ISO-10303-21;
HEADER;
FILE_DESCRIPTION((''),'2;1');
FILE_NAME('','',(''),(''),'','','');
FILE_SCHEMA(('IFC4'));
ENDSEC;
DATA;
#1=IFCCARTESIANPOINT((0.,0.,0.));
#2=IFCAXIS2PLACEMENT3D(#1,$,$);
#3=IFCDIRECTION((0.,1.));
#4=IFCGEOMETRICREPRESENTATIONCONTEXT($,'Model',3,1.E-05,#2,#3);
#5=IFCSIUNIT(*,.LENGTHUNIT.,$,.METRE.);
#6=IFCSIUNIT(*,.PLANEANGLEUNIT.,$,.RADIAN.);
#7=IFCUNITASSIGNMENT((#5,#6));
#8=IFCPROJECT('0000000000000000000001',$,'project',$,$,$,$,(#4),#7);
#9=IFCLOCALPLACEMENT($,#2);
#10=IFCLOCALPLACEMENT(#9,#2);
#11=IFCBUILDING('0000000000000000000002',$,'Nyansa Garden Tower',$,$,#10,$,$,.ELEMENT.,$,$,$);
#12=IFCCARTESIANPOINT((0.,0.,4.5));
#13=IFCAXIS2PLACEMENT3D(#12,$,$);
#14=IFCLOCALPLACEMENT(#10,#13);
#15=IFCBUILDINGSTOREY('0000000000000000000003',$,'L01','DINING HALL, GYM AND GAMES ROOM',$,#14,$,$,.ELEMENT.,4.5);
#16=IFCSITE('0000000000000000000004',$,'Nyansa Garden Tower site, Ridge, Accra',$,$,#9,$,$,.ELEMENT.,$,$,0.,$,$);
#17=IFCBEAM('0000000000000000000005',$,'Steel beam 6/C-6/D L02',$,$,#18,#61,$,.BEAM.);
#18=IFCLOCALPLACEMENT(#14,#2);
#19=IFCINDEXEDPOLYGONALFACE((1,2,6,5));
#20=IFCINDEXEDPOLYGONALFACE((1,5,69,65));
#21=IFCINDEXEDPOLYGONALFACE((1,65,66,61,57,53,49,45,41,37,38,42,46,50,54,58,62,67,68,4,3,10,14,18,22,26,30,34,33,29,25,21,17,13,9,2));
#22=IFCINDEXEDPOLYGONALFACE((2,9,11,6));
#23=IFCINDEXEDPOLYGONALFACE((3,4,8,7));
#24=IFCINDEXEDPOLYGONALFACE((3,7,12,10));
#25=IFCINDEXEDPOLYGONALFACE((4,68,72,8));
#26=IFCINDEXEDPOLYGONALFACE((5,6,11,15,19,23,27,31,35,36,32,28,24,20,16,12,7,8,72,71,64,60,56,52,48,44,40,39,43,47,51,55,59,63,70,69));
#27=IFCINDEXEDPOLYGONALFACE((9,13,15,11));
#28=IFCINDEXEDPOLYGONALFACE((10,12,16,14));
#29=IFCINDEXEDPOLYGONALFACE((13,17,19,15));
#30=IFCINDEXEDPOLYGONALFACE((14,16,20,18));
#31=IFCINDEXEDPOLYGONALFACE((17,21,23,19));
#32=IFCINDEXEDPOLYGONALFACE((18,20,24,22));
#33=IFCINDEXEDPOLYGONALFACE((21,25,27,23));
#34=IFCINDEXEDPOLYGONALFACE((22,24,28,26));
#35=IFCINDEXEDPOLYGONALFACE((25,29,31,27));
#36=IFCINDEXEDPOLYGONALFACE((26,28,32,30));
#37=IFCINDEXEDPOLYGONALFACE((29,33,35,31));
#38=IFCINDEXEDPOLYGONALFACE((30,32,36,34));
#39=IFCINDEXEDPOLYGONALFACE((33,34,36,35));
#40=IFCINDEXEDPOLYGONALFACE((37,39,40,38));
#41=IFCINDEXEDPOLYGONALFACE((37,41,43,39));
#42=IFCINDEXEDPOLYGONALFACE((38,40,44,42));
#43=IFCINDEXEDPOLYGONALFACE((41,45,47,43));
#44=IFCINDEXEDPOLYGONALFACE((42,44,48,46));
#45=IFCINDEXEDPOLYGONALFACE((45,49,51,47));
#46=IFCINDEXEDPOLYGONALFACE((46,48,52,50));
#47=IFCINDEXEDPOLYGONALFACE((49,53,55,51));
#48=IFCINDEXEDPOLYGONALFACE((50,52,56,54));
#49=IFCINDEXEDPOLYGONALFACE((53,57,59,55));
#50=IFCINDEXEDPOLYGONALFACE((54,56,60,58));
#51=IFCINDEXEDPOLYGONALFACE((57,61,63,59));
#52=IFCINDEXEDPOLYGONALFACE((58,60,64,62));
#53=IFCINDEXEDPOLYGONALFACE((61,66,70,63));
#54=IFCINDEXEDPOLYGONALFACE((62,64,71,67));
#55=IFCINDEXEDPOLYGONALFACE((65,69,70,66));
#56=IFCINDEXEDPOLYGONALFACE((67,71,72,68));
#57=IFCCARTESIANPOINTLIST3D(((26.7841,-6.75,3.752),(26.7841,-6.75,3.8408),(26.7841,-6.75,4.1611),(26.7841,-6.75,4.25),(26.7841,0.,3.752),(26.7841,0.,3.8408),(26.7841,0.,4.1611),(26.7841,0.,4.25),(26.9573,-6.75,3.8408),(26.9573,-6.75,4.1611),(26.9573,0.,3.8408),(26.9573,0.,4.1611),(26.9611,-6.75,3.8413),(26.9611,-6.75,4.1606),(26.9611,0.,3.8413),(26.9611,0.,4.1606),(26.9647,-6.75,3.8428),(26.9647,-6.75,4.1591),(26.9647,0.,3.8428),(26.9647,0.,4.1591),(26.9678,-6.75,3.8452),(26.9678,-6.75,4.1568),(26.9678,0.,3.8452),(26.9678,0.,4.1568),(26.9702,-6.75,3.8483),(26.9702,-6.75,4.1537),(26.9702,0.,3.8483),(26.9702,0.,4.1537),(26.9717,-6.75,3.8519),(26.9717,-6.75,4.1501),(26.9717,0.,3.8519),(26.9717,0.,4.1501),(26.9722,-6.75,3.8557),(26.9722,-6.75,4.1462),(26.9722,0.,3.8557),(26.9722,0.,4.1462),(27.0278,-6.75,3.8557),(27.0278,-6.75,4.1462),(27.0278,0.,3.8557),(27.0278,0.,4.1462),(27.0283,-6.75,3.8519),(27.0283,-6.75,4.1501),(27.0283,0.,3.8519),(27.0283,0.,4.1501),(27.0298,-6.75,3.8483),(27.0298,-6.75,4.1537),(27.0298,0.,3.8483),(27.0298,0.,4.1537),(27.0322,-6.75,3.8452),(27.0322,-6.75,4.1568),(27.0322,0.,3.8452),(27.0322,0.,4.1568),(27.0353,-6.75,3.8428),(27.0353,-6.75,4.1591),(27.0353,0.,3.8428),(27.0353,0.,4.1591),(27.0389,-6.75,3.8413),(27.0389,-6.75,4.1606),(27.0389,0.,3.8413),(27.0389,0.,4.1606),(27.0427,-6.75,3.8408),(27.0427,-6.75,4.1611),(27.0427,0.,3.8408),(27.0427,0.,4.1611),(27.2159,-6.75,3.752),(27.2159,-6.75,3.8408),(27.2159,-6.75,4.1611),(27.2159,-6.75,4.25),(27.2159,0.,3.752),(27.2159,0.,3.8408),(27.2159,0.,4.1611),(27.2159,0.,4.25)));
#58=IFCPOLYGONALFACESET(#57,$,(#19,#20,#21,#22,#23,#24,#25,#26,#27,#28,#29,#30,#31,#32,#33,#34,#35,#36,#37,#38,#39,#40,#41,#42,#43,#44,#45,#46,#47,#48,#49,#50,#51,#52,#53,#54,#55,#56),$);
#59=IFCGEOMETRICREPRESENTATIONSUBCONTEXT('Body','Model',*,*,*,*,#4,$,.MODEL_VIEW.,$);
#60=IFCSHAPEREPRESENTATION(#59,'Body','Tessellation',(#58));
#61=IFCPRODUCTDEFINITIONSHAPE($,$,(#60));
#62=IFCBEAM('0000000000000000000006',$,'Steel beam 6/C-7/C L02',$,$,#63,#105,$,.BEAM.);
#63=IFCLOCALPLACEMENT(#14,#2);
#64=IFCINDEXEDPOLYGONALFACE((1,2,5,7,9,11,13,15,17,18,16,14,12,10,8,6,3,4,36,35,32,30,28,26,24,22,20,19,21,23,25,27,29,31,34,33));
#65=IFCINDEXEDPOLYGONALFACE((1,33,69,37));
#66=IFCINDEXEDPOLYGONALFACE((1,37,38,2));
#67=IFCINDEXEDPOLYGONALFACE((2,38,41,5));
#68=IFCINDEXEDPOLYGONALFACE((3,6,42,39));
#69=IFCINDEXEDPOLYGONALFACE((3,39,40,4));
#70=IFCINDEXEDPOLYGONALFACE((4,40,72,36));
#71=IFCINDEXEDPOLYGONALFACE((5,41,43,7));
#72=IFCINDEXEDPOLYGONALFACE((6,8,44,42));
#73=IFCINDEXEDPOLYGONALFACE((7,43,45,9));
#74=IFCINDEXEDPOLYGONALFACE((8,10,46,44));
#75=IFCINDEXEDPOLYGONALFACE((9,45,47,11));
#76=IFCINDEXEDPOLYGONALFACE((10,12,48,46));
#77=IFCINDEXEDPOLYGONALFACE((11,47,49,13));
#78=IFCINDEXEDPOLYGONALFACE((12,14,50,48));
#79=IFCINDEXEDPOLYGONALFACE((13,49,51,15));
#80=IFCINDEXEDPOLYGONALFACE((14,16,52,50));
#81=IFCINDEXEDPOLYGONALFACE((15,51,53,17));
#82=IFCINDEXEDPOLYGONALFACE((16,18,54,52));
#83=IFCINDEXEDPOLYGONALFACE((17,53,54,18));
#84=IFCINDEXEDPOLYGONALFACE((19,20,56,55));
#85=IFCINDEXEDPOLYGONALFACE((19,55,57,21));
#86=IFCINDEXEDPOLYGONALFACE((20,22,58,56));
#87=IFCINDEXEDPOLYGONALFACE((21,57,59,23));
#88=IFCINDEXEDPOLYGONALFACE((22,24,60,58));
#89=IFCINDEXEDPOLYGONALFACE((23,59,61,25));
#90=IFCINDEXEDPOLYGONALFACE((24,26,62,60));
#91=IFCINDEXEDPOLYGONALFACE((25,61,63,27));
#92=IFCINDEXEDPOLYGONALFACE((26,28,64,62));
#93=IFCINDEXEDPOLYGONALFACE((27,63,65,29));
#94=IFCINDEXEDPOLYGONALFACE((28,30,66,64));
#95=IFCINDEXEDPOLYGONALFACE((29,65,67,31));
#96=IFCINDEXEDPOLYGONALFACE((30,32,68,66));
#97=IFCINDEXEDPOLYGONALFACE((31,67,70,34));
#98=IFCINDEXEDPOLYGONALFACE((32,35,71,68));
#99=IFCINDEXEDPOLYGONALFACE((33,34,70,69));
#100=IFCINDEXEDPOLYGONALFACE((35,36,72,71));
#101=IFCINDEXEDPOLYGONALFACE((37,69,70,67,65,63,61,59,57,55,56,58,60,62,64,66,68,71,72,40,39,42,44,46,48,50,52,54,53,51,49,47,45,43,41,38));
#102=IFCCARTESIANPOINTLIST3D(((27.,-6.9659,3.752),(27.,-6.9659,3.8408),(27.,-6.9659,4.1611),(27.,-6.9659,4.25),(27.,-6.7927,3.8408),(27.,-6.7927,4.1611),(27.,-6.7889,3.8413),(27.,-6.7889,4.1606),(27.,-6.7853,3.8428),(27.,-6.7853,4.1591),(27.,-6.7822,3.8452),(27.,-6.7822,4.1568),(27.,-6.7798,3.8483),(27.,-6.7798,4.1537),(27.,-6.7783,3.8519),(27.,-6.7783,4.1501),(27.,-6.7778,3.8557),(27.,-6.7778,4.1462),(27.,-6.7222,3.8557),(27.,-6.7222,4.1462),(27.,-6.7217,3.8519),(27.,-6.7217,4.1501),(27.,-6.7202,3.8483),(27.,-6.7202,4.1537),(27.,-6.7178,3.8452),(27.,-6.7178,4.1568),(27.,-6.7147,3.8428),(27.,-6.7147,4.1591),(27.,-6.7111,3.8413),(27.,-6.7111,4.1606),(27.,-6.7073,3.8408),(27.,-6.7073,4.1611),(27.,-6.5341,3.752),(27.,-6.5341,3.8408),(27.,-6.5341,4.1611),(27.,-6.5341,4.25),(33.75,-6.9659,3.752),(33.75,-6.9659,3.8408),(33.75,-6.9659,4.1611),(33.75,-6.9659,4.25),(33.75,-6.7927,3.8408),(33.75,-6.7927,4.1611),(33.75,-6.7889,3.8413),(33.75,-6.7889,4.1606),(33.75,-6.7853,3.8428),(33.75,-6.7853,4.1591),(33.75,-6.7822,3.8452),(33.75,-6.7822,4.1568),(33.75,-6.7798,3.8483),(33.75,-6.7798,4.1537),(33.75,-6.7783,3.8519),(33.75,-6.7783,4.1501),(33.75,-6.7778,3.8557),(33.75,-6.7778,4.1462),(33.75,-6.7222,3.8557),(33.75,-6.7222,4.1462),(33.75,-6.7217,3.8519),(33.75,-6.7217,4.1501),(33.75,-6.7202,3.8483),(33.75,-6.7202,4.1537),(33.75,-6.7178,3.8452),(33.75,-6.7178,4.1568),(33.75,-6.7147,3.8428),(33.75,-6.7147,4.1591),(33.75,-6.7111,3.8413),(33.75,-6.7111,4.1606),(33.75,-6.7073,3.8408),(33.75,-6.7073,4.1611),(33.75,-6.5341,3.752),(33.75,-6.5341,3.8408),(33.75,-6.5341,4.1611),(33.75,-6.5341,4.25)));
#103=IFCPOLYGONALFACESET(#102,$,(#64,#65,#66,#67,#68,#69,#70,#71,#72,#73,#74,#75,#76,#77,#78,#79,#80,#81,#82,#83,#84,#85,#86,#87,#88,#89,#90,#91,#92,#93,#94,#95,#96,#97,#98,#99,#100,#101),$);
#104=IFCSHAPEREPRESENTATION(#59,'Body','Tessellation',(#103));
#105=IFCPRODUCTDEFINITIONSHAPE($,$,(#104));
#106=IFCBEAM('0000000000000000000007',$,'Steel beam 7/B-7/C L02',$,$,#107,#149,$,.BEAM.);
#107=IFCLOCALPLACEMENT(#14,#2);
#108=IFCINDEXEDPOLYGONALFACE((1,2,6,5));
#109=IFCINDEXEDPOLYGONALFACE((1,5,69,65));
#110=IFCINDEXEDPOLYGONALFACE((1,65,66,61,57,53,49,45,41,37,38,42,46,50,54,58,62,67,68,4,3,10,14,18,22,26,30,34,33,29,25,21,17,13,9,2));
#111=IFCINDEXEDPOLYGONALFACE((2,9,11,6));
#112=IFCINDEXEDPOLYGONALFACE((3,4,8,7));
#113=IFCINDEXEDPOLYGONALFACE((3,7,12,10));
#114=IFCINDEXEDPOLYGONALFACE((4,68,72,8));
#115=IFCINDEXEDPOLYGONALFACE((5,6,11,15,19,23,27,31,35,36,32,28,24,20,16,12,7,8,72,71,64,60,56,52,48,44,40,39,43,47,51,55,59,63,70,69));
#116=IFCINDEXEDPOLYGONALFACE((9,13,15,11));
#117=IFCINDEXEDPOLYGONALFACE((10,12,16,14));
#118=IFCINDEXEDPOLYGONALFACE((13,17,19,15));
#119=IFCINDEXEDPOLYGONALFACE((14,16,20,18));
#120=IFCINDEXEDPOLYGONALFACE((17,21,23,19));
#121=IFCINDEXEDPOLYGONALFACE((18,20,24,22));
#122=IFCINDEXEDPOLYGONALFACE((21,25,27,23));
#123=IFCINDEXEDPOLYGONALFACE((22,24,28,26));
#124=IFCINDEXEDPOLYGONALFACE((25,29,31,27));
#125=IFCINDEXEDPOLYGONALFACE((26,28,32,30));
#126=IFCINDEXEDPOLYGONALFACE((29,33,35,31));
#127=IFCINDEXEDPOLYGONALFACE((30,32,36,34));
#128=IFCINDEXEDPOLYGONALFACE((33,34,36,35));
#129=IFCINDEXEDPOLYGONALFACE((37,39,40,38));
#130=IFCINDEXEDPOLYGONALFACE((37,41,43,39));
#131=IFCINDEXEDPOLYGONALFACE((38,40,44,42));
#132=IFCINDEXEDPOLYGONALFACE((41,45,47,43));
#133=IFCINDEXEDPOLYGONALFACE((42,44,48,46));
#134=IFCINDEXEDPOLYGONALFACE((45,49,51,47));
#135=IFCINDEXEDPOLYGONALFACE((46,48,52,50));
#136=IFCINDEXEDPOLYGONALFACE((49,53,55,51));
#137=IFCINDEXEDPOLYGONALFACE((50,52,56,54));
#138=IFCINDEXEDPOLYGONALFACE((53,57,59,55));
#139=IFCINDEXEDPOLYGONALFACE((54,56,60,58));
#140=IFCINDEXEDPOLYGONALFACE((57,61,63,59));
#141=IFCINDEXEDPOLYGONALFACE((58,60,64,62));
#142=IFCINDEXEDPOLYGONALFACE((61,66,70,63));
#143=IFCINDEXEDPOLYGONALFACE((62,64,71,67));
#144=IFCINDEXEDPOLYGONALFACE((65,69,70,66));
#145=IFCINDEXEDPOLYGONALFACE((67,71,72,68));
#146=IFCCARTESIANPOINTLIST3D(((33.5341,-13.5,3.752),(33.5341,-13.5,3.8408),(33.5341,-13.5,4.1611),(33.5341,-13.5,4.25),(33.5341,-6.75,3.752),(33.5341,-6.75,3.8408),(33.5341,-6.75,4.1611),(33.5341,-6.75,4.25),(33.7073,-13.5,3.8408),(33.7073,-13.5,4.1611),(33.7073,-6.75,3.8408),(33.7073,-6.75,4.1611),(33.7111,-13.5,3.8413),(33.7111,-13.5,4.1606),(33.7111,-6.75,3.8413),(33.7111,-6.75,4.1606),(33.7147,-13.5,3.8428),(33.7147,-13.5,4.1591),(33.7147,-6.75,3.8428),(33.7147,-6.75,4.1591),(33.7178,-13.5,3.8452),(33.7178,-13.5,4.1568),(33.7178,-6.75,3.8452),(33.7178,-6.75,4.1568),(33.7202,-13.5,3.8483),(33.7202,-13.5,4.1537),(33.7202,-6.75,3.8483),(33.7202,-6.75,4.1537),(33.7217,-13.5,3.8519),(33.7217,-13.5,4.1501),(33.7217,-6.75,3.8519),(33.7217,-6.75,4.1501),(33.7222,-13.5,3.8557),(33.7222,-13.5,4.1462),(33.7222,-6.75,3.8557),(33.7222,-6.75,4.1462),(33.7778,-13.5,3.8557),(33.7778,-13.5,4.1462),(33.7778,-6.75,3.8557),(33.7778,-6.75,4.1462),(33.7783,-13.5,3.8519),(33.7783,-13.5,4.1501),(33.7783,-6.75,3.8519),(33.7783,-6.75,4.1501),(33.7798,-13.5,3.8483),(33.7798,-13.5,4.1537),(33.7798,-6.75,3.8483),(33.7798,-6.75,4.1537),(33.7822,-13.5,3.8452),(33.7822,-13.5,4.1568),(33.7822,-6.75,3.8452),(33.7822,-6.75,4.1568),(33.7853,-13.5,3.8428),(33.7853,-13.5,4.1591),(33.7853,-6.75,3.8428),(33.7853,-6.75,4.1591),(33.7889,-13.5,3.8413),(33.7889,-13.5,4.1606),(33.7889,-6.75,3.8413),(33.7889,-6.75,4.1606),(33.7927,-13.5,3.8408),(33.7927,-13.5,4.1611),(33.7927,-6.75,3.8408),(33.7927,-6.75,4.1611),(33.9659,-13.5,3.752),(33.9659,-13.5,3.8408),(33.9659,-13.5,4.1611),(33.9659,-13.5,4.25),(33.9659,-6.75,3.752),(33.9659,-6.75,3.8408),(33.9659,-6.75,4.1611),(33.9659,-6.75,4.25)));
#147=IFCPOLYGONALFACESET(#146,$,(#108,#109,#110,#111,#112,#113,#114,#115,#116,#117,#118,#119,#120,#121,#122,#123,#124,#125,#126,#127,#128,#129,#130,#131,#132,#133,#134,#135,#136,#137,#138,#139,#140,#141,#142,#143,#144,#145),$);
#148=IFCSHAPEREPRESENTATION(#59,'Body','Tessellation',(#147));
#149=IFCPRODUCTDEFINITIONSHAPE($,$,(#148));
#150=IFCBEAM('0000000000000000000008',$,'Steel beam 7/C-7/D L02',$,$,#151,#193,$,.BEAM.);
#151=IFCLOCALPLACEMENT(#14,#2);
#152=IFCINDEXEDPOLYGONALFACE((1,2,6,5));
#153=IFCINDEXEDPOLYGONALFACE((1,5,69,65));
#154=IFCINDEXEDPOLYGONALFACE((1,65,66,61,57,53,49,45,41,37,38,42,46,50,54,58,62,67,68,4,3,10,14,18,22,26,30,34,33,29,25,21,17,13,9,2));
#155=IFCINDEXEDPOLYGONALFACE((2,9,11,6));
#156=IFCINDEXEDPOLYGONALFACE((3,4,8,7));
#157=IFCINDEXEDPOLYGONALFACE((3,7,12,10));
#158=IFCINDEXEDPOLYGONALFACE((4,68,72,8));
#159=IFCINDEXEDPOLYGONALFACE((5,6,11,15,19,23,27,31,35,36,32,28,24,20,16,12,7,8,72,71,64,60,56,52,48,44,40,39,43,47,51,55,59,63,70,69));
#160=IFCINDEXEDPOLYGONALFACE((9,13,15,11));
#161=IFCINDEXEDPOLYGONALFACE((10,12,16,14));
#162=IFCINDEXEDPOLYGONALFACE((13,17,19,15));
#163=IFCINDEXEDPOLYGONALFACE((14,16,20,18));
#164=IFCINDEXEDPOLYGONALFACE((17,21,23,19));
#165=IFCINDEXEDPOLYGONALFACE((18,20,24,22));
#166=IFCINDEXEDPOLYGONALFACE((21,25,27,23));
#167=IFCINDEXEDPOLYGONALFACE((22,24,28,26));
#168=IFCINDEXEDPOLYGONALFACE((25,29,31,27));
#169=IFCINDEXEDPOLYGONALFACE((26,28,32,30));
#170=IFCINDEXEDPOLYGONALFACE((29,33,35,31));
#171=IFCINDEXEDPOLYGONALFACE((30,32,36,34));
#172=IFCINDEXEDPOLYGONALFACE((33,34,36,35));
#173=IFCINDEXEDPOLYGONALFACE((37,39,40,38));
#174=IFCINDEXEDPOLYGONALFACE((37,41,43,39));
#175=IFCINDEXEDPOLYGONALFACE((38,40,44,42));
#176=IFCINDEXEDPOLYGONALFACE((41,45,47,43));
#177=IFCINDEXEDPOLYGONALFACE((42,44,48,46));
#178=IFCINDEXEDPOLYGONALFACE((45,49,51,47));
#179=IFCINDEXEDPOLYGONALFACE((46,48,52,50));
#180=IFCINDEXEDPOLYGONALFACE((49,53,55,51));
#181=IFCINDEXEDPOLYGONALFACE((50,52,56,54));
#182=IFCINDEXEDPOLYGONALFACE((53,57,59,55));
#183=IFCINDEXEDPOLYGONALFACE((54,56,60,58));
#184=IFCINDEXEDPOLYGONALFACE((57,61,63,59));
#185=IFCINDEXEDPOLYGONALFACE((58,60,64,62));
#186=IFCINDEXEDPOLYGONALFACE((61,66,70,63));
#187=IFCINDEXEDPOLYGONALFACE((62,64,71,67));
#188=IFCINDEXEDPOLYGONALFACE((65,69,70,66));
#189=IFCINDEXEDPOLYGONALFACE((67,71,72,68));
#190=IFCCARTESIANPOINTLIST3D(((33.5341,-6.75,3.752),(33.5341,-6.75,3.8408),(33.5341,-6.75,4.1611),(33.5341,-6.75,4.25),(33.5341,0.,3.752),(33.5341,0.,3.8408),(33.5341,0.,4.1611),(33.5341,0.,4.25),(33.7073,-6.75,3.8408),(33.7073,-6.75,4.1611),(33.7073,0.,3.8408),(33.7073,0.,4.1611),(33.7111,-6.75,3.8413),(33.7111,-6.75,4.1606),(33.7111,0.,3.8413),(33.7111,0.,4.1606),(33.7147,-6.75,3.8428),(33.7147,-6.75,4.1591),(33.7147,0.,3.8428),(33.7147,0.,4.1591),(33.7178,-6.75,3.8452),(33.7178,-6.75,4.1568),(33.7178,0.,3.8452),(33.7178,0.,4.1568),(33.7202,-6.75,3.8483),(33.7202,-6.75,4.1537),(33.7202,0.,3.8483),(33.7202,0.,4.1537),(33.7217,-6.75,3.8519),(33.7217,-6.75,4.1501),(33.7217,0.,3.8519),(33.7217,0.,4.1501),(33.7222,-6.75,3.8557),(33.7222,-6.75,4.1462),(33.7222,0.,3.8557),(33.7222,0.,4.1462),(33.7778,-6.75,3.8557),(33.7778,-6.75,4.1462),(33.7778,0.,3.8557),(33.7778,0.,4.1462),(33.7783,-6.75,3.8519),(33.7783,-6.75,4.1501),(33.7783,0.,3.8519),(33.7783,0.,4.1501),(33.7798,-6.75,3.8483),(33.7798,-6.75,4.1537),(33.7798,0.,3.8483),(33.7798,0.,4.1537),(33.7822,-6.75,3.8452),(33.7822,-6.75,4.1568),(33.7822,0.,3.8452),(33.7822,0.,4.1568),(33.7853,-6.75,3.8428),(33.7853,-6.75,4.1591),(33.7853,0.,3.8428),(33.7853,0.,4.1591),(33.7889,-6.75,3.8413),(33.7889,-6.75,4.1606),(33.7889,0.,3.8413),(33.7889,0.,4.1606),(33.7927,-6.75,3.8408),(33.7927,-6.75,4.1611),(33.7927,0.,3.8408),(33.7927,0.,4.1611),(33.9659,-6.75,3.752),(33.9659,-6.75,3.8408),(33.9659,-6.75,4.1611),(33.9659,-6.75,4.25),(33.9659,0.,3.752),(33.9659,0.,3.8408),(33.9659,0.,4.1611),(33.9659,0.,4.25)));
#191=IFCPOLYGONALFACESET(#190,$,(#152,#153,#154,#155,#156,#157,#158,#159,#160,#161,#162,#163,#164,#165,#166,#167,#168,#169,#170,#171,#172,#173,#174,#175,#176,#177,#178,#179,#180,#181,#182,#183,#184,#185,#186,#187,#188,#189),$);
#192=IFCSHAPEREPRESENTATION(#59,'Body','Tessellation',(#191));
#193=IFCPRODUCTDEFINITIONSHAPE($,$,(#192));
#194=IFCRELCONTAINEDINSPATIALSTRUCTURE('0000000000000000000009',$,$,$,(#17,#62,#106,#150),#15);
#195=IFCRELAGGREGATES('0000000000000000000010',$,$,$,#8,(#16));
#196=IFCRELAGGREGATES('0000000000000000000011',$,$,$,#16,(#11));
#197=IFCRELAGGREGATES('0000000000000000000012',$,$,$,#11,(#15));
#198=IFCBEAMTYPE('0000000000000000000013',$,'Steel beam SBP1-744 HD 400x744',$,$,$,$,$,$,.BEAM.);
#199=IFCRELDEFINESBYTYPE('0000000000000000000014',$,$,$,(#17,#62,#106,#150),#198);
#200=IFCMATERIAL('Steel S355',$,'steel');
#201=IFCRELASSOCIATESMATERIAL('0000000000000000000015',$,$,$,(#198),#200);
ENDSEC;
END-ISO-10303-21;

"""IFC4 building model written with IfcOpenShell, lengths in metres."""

from ifc_helpers import new_model, si_unit, direction, frame, origin, origin_2d, place, context, subcontext, project, spatial, i_section, extrude, material, material_profile, profile_set, type_object, element, save


model = new_model("IFC4")

# Units and contexts
model_context = context("Model", 3, precision=1e-05, world=origin(), true_north=direction((0.0, 1.0)))
body_context = subcontext(model_context, "Body", "Model", "MODEL_VIEW")
ifc_project = project(units=[si_unit("LENGTHUNIT", "METRE"), si_unit("PLANEANGLEUNIT", "RADIAN")], contexts=[model_context])

# Site, building, storey
site_placement = place(None, origin())
site = spatial("IfcSite", under=ifc_project, at=site_placement, Name="Nyansa Garden Tower site, Ridge, Accra", CompositionType="ELEMENT", RefElevation=0.0)
building_placement = place(site_placement, origin())
building = spatial("IfcBuilding", under=site, at=building_placement, Name="Nyansa Garden Tower", CompositionType="ELEMENT")
storey_placement = place(building_placement, frame((0.0, 0.0, 4.5)))
storey = spatial("IfcBuildingStorey", under=building, at=storey_placement, Name="L01", Description="DINING HALL, GYM AND GAMES ROOM", CompositionType="ELEMENT", Elevation=4.5)

# Beams
ifc_material_1 = material(Name="Steel S355", Category="steel")
ifc_material_profile_1 = material_profile(ifc_material_1, i_section(OverallWidth=0.4319, OverallDepth=0.498, WebThickness=0.0557, FlangeThickness=0.0889, FilletRadius=0.0149, at=origin_2d()), Name="HD 400x744")
ifc_profile_set_1 = profile_set([ifc_material_profile_1], Name="Steel S355")
beam_type_1 = type_object("IfcBeamType", Name="Steel beam SBP1-744 HD 400x744", PredefinedType="BEAM", material=ifc_profile_set_1)
for number, where, z_axis, x_axis, name in (
    (1, (27.0, -6.75, 4.001), (0.0, 1.0, 0.0), (-1.0, 0.0, 0.0), "Steel beam 6/C-6/D L02"),
    (2, (27.0, -6.75, 4.001), (1.0, 0.0, 0.0), (0.0, 1.0, 0.0), "Steel beam 6/C-7/C L02"),
    (3, (33.75, -13.5, 4.001), (0.0, 1.0, 0.0), (-1.0, 0.0, 0.0), "Steel beam 7/B-7/C L02"),
    (4, (33.75, -6.75, 4.001), (0.0, 1.0, 0.0), (-1.0, 0.0, 0.0), "Steel beam 7/C-7/D L02"),
):
    element("IfcBeam", number, at=place(storey_placement, frame(where, z_axis=z_axis, x_axis=x_axis)), inside=storey, type_object=beam_type_1, Name=name, PredefinedType="BEAM", context=body_context, shape_type="SweptSolid", body=[
        extrude(i_section(OverallWidth=0.4319, OverallDepth=0.498, WebThickness=0.0557, FlangeThickness=0.0889, FilletRadius=0.0149, at=origin_2d()), origin(), (0.0, 0.0, 1.0), 6.75),
    ])

save(model, "model.ifc")
